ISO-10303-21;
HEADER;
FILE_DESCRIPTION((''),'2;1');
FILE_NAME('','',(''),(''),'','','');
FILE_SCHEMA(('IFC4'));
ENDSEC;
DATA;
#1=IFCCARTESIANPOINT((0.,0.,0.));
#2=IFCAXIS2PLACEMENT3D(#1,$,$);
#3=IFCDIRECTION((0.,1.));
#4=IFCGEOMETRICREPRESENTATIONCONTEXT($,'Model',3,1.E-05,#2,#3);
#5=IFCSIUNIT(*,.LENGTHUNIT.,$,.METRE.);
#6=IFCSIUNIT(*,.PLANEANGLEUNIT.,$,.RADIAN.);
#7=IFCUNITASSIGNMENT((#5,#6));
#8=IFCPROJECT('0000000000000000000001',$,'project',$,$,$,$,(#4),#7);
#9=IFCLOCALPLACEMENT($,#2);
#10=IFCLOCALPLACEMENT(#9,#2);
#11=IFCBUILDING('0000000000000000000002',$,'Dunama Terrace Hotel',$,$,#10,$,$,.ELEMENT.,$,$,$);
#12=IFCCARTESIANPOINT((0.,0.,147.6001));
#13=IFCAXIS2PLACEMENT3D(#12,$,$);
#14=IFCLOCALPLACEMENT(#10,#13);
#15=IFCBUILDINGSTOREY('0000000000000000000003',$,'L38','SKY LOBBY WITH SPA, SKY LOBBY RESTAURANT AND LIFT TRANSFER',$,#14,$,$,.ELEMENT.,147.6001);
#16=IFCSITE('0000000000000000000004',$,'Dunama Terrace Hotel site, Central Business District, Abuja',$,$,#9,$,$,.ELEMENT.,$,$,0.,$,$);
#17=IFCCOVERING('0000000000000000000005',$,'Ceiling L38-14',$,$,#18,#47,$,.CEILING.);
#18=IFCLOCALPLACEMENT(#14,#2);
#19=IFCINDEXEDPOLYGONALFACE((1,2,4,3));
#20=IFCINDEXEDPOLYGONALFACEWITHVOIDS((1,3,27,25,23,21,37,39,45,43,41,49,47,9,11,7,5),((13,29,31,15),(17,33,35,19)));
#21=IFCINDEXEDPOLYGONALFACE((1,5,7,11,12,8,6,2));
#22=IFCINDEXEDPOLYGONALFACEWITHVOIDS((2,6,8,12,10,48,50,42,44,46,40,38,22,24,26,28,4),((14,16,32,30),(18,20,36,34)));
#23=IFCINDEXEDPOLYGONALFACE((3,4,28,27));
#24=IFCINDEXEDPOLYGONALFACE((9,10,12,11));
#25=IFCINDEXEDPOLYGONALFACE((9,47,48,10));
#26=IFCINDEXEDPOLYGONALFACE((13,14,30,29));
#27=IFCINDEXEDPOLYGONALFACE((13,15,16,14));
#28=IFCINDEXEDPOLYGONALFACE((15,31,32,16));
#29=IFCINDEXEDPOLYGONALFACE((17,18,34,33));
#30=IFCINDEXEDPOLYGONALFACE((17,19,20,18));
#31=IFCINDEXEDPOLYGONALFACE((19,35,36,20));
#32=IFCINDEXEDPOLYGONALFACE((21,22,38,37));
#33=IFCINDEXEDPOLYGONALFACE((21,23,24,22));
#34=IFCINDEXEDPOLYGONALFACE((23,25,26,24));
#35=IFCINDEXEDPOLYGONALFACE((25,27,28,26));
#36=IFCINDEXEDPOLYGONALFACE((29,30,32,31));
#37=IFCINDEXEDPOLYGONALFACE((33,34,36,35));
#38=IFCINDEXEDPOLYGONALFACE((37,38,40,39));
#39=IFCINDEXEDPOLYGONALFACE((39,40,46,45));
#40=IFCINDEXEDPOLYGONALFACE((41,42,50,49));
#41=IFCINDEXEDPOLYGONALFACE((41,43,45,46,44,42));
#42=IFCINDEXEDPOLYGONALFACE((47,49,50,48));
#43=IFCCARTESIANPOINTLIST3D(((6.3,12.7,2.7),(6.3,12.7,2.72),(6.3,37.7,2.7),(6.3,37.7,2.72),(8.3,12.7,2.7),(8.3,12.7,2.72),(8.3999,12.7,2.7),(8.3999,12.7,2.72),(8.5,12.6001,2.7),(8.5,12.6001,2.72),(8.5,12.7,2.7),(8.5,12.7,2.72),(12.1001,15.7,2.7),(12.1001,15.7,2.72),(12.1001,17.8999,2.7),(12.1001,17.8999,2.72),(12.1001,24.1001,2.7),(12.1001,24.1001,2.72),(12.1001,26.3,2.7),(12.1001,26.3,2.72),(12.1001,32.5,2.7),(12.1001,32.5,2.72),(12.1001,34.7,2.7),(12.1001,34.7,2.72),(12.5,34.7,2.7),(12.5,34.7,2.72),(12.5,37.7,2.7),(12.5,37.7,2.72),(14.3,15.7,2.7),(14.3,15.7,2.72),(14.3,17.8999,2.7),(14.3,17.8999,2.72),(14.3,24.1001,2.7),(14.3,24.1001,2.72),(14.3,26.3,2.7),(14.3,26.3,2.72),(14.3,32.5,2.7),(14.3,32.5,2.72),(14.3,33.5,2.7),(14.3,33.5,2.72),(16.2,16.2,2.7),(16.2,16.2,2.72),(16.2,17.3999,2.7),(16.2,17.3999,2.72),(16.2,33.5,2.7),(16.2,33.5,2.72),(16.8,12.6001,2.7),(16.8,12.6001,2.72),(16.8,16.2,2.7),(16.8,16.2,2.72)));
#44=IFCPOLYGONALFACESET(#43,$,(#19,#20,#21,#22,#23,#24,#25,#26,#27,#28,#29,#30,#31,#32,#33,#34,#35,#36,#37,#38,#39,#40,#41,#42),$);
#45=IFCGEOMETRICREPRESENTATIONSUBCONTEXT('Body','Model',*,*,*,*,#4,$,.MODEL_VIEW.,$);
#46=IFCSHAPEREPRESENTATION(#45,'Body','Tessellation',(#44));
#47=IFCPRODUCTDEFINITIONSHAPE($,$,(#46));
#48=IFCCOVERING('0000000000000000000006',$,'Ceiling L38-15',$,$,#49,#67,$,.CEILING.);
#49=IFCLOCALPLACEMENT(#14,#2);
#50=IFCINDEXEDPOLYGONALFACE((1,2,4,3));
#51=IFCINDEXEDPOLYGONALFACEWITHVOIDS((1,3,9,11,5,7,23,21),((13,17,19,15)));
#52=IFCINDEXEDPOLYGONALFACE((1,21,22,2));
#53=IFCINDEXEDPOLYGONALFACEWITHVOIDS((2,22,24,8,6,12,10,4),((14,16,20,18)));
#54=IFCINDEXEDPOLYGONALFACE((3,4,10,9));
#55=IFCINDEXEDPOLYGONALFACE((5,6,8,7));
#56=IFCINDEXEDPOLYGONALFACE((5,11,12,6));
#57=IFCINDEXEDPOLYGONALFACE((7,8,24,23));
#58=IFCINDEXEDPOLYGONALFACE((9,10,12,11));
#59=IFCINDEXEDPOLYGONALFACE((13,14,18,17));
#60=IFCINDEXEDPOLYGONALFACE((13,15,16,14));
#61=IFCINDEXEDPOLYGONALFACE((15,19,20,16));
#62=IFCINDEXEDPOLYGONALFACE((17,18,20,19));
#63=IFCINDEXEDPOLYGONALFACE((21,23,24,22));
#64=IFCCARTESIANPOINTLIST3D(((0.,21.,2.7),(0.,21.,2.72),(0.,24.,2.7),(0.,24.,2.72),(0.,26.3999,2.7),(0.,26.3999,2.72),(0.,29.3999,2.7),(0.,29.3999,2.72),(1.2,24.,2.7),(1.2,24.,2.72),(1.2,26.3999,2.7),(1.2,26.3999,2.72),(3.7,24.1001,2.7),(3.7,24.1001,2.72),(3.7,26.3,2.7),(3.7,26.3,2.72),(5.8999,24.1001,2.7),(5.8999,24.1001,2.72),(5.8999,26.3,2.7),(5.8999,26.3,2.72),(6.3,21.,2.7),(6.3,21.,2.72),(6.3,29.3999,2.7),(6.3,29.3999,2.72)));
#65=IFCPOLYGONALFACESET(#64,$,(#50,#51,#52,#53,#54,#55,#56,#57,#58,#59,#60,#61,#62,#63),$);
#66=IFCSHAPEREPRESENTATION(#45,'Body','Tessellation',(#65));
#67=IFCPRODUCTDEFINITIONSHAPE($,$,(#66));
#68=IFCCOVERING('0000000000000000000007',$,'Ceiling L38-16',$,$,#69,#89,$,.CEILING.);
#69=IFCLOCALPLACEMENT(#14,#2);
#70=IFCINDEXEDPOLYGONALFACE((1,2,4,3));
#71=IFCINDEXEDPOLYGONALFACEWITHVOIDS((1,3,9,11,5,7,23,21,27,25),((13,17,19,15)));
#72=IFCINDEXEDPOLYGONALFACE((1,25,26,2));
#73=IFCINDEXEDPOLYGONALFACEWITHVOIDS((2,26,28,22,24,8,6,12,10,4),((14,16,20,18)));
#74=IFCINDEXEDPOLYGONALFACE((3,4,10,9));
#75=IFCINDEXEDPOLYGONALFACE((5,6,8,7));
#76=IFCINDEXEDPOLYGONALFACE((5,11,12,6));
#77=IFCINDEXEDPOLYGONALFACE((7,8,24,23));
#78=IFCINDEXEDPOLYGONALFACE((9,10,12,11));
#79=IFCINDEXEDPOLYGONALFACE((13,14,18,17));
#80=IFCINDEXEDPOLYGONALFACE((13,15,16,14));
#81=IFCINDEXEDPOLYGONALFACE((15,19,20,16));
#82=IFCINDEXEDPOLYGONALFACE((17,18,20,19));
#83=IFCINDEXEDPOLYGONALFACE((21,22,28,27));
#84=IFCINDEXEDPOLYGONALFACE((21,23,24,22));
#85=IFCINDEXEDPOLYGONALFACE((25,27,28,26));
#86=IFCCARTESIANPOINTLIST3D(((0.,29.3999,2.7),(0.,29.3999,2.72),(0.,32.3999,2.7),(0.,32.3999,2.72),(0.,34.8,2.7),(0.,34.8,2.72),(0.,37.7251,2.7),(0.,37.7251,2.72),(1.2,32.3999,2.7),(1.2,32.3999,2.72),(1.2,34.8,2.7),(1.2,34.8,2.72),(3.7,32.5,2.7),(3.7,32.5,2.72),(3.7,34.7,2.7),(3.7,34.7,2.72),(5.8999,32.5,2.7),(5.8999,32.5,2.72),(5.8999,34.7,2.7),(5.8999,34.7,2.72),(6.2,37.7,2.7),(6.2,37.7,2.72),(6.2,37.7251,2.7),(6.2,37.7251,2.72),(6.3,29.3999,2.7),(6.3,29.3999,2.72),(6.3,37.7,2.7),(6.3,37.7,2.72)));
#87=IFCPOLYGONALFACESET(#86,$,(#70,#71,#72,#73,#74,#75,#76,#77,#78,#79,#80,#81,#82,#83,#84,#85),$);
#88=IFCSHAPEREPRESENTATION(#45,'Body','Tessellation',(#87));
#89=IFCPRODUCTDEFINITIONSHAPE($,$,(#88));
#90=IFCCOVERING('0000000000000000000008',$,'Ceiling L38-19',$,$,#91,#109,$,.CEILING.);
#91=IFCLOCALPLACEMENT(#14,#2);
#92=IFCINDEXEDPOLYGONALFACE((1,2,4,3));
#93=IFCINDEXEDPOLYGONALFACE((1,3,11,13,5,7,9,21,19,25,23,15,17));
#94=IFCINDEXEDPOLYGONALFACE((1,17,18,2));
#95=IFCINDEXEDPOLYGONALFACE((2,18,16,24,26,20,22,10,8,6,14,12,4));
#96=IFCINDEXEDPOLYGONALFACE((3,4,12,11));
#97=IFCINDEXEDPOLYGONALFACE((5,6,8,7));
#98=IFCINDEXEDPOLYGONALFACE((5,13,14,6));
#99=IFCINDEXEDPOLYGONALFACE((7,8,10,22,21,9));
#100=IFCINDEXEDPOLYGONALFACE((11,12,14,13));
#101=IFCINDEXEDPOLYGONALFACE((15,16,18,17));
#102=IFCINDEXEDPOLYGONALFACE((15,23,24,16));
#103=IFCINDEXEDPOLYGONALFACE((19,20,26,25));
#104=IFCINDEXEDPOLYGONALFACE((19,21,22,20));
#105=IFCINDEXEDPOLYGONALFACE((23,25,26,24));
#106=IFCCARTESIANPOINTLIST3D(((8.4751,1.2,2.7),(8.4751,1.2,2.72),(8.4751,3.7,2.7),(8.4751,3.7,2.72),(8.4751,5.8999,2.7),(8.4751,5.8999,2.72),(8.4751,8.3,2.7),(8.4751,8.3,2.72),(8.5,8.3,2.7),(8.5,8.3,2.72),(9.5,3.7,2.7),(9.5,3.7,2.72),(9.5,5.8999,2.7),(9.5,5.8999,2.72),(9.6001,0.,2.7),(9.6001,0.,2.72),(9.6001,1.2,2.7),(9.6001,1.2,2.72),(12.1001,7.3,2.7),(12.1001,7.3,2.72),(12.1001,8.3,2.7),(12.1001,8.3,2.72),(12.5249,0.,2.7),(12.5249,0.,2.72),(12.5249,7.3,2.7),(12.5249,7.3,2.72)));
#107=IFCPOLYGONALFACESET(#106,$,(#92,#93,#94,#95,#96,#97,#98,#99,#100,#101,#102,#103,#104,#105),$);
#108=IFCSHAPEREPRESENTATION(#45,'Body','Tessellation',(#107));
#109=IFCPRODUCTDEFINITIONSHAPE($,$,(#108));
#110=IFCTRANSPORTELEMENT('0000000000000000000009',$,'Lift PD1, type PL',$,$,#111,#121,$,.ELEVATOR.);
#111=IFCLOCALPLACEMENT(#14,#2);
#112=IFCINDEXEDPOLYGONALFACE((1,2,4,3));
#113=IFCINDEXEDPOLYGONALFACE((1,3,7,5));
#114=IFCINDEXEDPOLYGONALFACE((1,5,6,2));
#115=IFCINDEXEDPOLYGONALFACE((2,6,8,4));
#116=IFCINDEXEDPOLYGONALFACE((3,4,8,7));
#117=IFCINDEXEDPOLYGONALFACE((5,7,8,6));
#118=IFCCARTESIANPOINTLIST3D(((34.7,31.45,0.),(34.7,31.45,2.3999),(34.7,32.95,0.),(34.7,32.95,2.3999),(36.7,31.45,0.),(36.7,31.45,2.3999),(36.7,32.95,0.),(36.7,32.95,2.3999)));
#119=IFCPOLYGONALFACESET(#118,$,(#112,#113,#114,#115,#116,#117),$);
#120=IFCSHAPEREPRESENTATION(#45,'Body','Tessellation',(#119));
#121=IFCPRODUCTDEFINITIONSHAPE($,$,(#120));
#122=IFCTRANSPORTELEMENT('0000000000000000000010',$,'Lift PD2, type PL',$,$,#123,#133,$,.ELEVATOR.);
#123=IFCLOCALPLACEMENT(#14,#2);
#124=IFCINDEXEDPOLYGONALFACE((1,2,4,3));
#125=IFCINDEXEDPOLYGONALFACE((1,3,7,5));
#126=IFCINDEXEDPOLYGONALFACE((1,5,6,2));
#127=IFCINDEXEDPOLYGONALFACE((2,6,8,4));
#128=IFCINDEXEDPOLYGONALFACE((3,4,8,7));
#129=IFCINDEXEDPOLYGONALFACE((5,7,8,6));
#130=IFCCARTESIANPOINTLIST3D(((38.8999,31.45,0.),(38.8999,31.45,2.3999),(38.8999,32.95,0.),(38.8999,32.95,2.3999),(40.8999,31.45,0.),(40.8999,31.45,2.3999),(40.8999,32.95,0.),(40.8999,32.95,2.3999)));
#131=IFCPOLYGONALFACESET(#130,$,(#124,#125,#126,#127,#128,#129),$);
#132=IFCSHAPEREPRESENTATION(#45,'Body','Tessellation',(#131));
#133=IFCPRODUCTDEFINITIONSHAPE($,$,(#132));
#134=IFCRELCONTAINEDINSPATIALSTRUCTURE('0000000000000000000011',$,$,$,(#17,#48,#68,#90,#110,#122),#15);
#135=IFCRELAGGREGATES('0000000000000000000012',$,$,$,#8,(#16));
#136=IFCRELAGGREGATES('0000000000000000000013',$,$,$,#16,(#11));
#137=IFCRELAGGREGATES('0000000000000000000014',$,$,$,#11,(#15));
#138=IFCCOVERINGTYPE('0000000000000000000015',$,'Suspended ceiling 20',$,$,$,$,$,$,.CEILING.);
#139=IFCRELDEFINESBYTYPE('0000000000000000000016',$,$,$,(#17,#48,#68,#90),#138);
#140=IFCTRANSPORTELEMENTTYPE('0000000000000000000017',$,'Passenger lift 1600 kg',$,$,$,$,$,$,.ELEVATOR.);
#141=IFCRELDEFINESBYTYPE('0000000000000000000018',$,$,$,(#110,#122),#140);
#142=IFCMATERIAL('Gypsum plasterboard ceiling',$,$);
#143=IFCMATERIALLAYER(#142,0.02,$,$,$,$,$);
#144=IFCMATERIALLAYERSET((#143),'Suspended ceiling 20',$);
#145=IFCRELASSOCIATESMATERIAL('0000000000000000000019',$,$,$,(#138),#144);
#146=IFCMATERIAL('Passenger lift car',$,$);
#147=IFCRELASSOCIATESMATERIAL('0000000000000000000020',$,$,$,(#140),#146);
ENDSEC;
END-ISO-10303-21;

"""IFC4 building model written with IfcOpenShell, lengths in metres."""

from ifc_helpers import new_model, si_unit, direction, frame, origin, origin_2d, place, context, subcontext, project, spatial, polyline, rectangle, outline, extrude, material, layer, layer_set, type_object, element, save


model = new_model("IFC4")

# Units and contexts
model_context = context("Model", 3, precision=1e-05, world=origin(), true_north=direction((0.0, 1.0)))
body_context = subcontext(model_context, "Body", "Model", "MODEL_VIEW")
ifc_project = project(units=[si_unit("LENGTHUNIT", "METRE"), si_unit("PLANEANGLEUNIT", "RADIAN")], contexts=[model_context])

# Site, building, storey
site_placement = place(None, origin())
site = spatial("IfcSite", under=ifc_project, at=site_placement, Name="Dunama Terrace Hotel site, Central Business District, Abuja", CompositionType="ELEMENT", RefElevation=0.0)
building_placement = place(site_placement, origin())
building = spatial("IfcBuilding", under=site, at=building_placement, Name="Dunama Terrace Hotel", CompositionType="ELEMENT")
storey_placement = place(building_placement, frame((0.0, 0.0, 147.6001)))
storey = spatial("IfcBuildingStorey", under=building, at=storey_placement, Name="L38", Description="SKY LOBBY WITH SPA, SKY LOBBY RESTAURANT AND LIFT TRANSFER", CompositionType="ELEMENT", Elevation=147.6001)

# Coverings
ifc_material_1 = material(Name="Gypsum plasterboard ceiling")
ifc_layer_1 = layer(ifc_material_1, 0.02)
ifc_layer_set_1 = layer_set([ifc_layer_1], Name="Suspended ceiling 20")
covering_type_1 = type_object("IfcCoveringType", Name="Suspended ceiling 20", PredefinedType="CEILING", material=ifc_layer_set_1)
covering_1_placement = place(storey_placement, frame((0.0, 0.0, 2.7)))
element("IfcCovering", 1, at=covering_1_placement, inside=storey, type_object=covering_type_1, Name="Ceiling L38-14", PredefinedType="CEILING", context=body_context, shape_type="SweptSolid", body=[
    extrude(outline(polyline([(12.5, 37.7), (6.3, 37.7), (6.3, 12.7), (8.3, 12.7), (8.3999, 12.7), (8.5, 12.7), (8.5, 12.6001), (16.8, 12.6001), (16.8, 16.2), (16.2, 16.2), (16.2, 17.3999), (16.2, 33.5), (14.3, 33.5), (14.3, 32.5), (12.1001, 32.5), (12.1001, 34.7), (12.5, 34.7), (12.5, 37.7)]), holes=[polyline([(12.1001, 15.7), (12.1001, 17.8999), (14.3, 17.8999), (14.3, 15.7), (12.1001, 15.7)]), polyline([(12.1001, 24.1001), (12.1001, 26.3), (14.3, 26.3), (14.3, 24.1001), (12.1001, 24.1001)])]), origin(), (0.0, 0.0, 1.0), 0.02),
])
covering_2_placement = place(storey_placement, frame((0.0, 0.0, 2.7)))
element("IfcCovering", 2, at=covering_2_placement, inside=storey, type_object=covering_type_1, Name="Ceiling L38-15", PredefinedType="CEILING", context=body_context, shape_type="SweptSolid", body=[
    extrude(outline(polyline([(0.0, 24.0), (0.0, 21.0), (6.3, 21.0), (6.3, 29.3999), (0.0, 29.3999), (0.0, 26.3999), (1.2, 26.3999), (1.2, 24.0), (0.0, 24.0)]), holes=[polyline([(3.7, 24.1001), (3.7, 26.3), (5.8999, 26.3), (5.8999, 24.1001), (3.7, 24.1001)])]), origin(), (0.0, 0.0, 1.0), 0.02),
])
covering_3_placement = place(storey_placement, frame((0.0, 0.0, 2.7)))
element("IfcCovering", 3, at=covering_3_placement, inside=storey, type_object=covering_type_1, Name="Ceiling L38-16", PredefinedType="CEILING", context=body_context, shape_type="SweptSolid", body=[
    extrude(outline(polyline([(0.0, 32.3999), (0.0, 29.3999), (6.3, 29.3999), (6.3, 37.7), (6.2, 37.7), (6.2, 37.7251), (0.0, 37.7251), (0.0, 34.8), (1.2, 34.8), (1.2, 32.3999), (0.0, 32.3999)]), holes=[polyline([(5.8999, 32.5), (3.7, 32.5), (3.7, 34.7), (5.8999, 34.7), (5.8999, 32.5)])]), origin(), (0.0, 0.0, 1.0), 0.02),
])
covering_4_placement = place(storey_placement, frame((0.0, 0.0, 2.7)))
element("IfcCovering", 4, at=covering_4_placement, inside=storey, type_object=covering_type_1, Name="Ceiling L38-19", PredefinedType="CEILING", context=body_context, shape_type="SweptSolid", body=[
    extrude(outline(polyline([(9.6001, 1.2), (9.6001, 0.0), (12.5249, 0.0), (12.5249, 7.3), (12.1001, 7.3), (12.1001, 8.3), (8.5, 8.3), (8.4751, 8.3), (8.4751, 5.8999), (9.5, 5.8999), (9.5, 3.7), (8.4751, 3.7), (8.4751, 1.2), (9.6001, 1.2)])), origin(), (0.0, 0.0, 1.0), 0.02),
])

# Transport elements
ifc_material_2 = material(Name="Passenger lift car")
transport_element_type = type_object("IfcTransportElementType", Name="Passenger lift 1600 kg", PredefinedType="ELEVATOR", material=ifc_material_2)
transport_element_1_placement = place(storey_placement, origin())
element("IfcTransportElement", 5, at=transport_element_1_placement, inside=storey, type_object=transport_element_type, Name="Lift PD1, type PL", PredefinedType="ELEVATOR", context=body_context, shape_type="SweptSolid", body=[
    extrude(rectangle(XDim=2.0, YDim=1.5, at=origin_2d()), frame((35.7, 32.2, 0.0), z_axis=(0.0, 0.0, 1.0), x_axis=(1.0, 0.0, 0.0)), (0.0, 0.0, 1.0), 2.3999),
])
transport_element_2_placement = place(storey_placement, origin())
element("IfcTransportElement", 6, at=transport_element_2_placement, inside=storey, type_object=transport_element_type, Name="Lift PD2, type PL", PredefinedType="ELEVATOR", context=body_context, shape_type="SweptSolid", body=[
    extrude(rectangle(XDim=2.0, YDim=1.5, at=origin_2d()), frame((39.8999, 32.2, 0.0), z_axis=(0.0, 0.0, 1.0), x_axis=(1.0, 0.0, 0.0)), (0.0, 0.0, 1.0), 2.3999),
])

save(model, "model.ifc")
